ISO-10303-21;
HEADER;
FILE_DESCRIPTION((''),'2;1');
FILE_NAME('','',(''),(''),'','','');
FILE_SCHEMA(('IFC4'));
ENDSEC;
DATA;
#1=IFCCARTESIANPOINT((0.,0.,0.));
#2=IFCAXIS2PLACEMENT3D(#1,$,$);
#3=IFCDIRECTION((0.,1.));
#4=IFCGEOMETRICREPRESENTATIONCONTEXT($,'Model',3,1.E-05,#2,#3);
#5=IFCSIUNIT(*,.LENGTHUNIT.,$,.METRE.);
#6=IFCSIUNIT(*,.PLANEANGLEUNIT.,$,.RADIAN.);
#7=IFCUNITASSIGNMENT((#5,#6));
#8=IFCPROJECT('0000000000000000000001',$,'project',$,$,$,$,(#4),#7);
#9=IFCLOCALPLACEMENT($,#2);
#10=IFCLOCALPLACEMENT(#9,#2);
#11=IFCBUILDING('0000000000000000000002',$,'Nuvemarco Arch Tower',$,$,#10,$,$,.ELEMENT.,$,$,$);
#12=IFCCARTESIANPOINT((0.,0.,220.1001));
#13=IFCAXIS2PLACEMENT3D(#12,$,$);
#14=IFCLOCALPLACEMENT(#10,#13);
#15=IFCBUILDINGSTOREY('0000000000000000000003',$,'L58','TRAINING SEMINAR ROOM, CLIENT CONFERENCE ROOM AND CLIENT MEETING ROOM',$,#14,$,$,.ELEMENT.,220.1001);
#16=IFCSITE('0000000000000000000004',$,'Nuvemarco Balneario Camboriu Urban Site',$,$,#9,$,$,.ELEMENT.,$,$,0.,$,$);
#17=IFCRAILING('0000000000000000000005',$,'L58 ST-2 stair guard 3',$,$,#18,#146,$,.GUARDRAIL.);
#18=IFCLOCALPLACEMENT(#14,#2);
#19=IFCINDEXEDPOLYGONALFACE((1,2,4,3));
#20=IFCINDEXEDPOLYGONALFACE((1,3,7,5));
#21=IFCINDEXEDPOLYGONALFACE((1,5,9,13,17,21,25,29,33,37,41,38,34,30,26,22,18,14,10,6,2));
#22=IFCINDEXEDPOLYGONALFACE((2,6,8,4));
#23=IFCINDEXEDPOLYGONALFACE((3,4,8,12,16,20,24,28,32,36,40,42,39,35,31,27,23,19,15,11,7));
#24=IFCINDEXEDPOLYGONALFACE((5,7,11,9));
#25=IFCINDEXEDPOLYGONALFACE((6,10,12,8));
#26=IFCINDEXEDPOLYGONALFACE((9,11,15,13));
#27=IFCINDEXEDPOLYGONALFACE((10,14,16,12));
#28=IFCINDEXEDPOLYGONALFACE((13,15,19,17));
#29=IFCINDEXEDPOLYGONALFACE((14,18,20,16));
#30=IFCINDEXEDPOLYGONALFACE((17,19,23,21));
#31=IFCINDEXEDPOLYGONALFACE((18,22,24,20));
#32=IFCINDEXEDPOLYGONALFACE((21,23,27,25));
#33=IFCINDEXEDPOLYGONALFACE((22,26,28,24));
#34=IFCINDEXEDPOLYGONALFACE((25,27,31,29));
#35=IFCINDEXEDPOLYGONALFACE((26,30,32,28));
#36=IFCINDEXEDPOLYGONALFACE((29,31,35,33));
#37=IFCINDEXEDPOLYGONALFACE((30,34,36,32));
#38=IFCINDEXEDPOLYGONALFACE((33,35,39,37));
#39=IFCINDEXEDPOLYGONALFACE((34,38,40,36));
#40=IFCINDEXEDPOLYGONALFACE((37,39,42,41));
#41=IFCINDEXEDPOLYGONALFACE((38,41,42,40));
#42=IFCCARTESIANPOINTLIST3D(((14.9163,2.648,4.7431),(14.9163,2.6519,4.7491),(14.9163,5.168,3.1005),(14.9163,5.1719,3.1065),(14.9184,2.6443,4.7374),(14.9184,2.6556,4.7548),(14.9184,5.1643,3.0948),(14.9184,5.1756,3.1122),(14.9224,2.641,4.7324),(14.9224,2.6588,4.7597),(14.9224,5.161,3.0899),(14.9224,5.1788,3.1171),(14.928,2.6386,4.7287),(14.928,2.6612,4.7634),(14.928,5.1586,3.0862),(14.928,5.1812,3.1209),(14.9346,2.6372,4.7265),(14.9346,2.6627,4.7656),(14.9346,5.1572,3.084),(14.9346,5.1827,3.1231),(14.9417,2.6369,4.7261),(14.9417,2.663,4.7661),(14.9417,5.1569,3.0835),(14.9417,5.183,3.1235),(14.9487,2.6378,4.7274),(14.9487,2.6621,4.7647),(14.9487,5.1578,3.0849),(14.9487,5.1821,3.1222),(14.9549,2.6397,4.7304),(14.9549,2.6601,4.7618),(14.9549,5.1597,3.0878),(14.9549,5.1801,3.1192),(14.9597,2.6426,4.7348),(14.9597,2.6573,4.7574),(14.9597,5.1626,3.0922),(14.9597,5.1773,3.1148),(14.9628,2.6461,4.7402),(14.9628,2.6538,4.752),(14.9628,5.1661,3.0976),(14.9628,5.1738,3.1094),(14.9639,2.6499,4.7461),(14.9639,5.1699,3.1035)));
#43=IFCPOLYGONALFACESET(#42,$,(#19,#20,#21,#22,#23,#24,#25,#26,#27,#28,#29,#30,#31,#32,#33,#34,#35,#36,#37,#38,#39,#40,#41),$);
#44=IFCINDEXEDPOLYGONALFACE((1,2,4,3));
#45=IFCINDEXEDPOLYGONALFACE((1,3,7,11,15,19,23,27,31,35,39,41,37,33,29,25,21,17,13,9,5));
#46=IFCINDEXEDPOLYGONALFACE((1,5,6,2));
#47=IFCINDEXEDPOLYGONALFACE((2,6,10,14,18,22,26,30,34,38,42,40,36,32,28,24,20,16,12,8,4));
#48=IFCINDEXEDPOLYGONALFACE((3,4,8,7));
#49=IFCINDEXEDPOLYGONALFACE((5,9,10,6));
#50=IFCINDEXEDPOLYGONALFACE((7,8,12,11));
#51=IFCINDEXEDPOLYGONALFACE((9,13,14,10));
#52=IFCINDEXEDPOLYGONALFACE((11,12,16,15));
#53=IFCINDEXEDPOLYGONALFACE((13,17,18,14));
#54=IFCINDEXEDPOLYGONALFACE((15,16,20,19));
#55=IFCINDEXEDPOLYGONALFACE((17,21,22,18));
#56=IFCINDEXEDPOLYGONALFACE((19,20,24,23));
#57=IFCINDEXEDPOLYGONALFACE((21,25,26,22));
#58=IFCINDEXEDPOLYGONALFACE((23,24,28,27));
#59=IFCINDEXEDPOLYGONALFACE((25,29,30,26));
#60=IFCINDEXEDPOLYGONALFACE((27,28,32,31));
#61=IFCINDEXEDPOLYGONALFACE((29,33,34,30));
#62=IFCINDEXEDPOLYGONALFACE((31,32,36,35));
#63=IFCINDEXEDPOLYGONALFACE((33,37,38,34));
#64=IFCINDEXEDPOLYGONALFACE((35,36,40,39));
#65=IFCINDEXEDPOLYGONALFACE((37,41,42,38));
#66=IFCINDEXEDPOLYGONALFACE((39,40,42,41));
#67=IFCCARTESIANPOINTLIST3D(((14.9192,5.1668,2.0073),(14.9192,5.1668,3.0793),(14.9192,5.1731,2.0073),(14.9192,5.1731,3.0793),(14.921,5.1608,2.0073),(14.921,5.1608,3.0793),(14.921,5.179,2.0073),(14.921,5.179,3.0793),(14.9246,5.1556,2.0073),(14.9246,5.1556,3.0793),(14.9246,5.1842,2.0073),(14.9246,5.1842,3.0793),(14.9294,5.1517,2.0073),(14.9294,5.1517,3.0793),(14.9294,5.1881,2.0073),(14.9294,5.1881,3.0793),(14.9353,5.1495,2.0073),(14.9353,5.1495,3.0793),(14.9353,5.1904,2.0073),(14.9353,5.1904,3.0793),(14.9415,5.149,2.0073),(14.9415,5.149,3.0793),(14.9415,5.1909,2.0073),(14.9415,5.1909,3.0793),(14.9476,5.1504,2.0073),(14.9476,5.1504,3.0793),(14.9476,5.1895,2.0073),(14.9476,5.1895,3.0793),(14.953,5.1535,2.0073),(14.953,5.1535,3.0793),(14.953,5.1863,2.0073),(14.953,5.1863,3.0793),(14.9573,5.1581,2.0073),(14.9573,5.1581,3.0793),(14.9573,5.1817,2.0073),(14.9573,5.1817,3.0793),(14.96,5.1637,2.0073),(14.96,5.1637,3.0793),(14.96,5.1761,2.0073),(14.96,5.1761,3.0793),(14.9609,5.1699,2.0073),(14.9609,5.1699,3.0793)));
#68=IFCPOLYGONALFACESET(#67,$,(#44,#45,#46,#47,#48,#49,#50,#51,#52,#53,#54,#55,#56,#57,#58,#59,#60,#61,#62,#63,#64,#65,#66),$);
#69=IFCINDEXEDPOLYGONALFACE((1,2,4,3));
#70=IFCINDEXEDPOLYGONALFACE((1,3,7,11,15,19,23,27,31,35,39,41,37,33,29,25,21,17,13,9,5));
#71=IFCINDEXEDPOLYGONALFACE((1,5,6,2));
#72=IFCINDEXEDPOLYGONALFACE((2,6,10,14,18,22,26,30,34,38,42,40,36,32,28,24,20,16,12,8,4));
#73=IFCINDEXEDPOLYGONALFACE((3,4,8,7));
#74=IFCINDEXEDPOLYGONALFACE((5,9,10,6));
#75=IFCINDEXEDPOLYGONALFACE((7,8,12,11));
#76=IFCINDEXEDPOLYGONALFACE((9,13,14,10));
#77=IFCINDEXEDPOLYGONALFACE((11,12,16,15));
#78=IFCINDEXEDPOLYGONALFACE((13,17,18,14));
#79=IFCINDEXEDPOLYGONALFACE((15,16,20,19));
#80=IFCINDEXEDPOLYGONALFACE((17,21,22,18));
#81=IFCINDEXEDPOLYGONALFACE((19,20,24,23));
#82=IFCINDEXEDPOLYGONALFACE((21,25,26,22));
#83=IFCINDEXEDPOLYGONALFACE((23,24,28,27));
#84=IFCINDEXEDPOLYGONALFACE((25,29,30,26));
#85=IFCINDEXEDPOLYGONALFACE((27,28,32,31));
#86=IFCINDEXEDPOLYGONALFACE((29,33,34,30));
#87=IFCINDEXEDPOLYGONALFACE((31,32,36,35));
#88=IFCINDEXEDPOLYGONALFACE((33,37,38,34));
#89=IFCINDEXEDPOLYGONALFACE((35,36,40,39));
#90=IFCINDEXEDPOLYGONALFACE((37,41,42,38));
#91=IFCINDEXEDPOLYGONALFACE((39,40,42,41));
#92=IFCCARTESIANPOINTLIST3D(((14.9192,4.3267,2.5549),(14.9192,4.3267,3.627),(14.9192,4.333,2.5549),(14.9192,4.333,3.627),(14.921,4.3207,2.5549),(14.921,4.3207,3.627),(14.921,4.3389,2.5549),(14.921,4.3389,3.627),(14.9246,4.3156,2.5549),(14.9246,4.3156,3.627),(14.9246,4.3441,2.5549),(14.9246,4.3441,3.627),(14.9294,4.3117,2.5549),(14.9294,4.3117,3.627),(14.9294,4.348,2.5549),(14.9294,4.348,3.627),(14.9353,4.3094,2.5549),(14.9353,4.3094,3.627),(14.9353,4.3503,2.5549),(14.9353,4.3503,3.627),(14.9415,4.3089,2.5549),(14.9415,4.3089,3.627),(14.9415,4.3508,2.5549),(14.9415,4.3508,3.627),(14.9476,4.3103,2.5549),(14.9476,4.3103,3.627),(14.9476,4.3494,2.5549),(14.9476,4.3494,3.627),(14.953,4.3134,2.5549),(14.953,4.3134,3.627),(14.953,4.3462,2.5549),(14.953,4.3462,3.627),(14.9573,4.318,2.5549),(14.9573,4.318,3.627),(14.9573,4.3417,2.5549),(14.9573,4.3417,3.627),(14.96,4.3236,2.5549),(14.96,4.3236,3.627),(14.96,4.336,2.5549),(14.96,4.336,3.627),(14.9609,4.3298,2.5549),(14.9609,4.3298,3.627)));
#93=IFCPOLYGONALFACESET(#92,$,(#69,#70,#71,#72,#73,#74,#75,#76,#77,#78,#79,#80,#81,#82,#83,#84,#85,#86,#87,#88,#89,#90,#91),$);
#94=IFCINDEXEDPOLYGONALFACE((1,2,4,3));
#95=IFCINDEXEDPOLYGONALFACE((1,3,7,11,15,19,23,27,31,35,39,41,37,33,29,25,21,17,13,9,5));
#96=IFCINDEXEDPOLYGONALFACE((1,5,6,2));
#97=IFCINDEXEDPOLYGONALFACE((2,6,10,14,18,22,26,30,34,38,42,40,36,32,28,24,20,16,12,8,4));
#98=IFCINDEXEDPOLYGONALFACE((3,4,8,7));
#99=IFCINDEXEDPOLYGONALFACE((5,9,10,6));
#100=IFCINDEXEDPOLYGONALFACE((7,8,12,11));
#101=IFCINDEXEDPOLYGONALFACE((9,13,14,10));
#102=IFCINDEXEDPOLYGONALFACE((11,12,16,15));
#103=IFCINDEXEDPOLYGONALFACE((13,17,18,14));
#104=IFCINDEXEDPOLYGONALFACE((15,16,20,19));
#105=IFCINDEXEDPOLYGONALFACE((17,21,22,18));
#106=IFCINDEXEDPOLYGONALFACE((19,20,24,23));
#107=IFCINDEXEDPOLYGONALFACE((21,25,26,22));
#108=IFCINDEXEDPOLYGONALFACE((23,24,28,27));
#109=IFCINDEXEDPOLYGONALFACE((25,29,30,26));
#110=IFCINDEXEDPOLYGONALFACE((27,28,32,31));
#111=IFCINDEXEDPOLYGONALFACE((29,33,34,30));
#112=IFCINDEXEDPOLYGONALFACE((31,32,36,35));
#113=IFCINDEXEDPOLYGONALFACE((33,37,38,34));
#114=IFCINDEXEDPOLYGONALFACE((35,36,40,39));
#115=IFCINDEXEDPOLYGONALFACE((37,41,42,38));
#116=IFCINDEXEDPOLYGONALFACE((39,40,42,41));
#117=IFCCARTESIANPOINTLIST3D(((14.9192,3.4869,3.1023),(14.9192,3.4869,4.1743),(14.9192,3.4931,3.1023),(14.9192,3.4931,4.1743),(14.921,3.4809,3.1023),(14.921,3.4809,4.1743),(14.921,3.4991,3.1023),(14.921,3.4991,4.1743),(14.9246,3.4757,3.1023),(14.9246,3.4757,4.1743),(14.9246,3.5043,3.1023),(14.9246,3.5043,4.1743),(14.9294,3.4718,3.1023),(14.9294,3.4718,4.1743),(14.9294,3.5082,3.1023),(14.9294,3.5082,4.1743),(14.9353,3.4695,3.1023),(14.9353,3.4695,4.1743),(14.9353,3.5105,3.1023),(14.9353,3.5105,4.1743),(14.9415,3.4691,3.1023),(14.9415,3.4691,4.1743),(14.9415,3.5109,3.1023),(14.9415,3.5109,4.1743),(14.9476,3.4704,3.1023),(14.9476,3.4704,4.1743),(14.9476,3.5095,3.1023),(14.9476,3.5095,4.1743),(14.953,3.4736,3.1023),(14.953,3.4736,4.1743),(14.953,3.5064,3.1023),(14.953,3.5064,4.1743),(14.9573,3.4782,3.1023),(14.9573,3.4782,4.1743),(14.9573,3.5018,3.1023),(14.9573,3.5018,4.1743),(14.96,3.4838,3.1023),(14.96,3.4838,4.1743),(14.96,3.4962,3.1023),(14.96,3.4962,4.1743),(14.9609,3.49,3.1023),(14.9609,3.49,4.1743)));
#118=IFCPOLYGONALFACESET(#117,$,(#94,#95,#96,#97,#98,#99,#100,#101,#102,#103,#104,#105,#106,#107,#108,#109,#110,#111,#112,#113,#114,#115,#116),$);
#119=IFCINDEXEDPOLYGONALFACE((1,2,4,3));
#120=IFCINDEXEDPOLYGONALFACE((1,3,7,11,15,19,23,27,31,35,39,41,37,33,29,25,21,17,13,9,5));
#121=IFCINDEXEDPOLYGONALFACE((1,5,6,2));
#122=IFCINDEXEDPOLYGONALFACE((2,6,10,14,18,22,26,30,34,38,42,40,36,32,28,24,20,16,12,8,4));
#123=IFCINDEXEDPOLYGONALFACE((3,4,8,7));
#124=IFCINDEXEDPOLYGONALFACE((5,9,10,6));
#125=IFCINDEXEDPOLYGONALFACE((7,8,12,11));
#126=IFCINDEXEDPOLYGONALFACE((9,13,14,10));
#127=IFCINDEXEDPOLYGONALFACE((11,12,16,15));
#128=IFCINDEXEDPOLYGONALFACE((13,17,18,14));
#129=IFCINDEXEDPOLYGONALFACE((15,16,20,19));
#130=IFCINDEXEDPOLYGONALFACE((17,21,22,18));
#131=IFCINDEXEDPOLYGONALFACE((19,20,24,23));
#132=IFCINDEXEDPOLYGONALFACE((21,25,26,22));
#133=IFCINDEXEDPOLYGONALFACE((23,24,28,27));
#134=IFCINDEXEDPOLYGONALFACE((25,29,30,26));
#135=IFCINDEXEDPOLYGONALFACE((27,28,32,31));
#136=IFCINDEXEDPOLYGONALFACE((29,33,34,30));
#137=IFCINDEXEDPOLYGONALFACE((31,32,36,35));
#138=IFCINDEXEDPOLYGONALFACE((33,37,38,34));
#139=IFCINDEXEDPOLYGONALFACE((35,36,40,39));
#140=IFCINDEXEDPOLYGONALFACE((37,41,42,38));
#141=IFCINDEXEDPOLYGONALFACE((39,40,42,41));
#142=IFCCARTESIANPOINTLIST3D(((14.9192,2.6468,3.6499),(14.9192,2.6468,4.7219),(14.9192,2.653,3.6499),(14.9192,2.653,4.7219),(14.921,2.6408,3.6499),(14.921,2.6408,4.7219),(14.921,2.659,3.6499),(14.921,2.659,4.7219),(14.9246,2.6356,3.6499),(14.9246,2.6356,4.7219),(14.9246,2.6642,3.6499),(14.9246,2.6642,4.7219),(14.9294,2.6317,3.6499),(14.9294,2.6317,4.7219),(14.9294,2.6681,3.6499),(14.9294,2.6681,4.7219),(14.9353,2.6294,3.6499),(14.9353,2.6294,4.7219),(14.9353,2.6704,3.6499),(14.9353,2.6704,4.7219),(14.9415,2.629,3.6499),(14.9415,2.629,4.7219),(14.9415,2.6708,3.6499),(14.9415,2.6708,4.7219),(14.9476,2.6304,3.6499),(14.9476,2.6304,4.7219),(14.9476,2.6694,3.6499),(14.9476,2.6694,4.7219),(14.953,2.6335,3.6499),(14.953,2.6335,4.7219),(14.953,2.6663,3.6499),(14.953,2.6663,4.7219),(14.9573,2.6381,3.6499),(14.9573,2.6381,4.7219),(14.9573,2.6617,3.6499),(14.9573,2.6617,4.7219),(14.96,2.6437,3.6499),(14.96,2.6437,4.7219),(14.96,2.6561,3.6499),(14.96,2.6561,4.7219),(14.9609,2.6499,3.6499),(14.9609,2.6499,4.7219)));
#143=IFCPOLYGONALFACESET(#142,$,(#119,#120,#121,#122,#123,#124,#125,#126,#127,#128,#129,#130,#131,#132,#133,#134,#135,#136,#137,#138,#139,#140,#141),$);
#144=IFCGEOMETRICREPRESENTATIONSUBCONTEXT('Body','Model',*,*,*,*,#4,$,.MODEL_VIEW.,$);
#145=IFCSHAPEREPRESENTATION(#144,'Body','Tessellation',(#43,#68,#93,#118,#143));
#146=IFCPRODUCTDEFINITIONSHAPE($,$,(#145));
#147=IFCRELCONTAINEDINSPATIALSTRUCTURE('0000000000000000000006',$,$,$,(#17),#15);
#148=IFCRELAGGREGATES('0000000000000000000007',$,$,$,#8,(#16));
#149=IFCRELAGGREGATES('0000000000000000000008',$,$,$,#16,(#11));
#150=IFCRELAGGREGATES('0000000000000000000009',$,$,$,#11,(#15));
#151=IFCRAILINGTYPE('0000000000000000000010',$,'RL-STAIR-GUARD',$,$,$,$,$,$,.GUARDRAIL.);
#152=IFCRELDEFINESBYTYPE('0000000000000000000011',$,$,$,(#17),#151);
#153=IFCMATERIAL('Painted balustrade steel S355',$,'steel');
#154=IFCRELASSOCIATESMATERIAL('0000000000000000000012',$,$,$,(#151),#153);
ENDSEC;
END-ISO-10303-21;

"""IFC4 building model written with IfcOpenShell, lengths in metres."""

from ifc_helpers import new_model, si_unit, direction, frame, origin, origin_2d, place, context, subcontext, project, spatial, circle, extrude, material, type_object, element, save


model = new_model("IFC4")

# Units and contexts
model_context = context("Model", 3, precision=1e-05, world=origin(), true_north=direction((0.0, 1.0)))
body_context = subcontext(model_context, "Body", "Model", "MODEL_VIEW")
ifc_project = project(units=[si_unit("LENGTHUNIT", "METRE"), si_unit("PLANEANGLEUNIT", "RADIAN")], contexts=[model_context])

# Site, building, storey
site_placement = place(None, origin())
site = spatial("IfcSite", under=ifc_project, at=site_placement, Name="Nuvemarco Balneario Camboriu Urban Site", CompositionType="ELEMENT", RefElevation=0.0)
building_placement = place(site_placement, origin())
building = spatial("IfcBuilding", under=site, at=building_placement, Name="Nuvemarco Arch Tower", CompositionType="ELEMENT")
storey_placement = place(building_placement, frame((0.0, 0.0, 220.1001)))
storey = spatial("IfcBuildingStorey", under=building, at=storey_placement, Name="L58", Description="TRAINING SEMINAR ROOM, CLIENT CONFERENCE ROOM AND CLIENT MEETING ROOM", CompositionType="ELEMENT", Elevation=220.1001)

# Railing
ifc_material_1 = material(Name="Painted balustrade steel S355", Category="steel")
railing_type_1 = type_object("IfcRailingType", Name="RL-STAIR-GUARD", PredefinedType="GUARDRAIL", material=ifc_material_1)
railing_1_placement = place(storey_placement, frame((14.9399, 5.1699, 2.0073)))
element("IfcRailing", 1, at=railing_1_placement, inside=storey, type_object=railing_type_1, Name="L58 ST-2 stair guard 3", PredefinedType="GUARDRAIL", context=body_context, shape_type="SweptSolid", body=[
    extrude(circle(Radius=0.0239, at=origin_2d()), frame((0.0, 0.0, 1.0962), z_axis=(0.0, -0.837749, 0.546055), x_axis=(1.0, 0.0, 0.0)), (0.0, 0.0, 1.0), 3.0081),
    extrude(circle(Radius=0.021, at=origin_2d()), origin(), (0.0, 0.0, 1.0), 1.072),
    extrude(circle(Radius=0.021, at=origin_2d()), frame((0.0, -0.8401, 0.5476)), (0.0, 0.0, 1.0), 1.072),
    extrude(circle(Radius=0.021, at=origin_2d()), frame((0.0, -1.6799, 1.095)), (0.0, 0.0, 1.0), 1.072),
    extrude(circle(Radius=0.021, at=origin_2d()), frame((0.0, -2.52, 1.6426)), (0.0, 0.0, 1.0), 1.072),
])

save(model, "model.ifc")
